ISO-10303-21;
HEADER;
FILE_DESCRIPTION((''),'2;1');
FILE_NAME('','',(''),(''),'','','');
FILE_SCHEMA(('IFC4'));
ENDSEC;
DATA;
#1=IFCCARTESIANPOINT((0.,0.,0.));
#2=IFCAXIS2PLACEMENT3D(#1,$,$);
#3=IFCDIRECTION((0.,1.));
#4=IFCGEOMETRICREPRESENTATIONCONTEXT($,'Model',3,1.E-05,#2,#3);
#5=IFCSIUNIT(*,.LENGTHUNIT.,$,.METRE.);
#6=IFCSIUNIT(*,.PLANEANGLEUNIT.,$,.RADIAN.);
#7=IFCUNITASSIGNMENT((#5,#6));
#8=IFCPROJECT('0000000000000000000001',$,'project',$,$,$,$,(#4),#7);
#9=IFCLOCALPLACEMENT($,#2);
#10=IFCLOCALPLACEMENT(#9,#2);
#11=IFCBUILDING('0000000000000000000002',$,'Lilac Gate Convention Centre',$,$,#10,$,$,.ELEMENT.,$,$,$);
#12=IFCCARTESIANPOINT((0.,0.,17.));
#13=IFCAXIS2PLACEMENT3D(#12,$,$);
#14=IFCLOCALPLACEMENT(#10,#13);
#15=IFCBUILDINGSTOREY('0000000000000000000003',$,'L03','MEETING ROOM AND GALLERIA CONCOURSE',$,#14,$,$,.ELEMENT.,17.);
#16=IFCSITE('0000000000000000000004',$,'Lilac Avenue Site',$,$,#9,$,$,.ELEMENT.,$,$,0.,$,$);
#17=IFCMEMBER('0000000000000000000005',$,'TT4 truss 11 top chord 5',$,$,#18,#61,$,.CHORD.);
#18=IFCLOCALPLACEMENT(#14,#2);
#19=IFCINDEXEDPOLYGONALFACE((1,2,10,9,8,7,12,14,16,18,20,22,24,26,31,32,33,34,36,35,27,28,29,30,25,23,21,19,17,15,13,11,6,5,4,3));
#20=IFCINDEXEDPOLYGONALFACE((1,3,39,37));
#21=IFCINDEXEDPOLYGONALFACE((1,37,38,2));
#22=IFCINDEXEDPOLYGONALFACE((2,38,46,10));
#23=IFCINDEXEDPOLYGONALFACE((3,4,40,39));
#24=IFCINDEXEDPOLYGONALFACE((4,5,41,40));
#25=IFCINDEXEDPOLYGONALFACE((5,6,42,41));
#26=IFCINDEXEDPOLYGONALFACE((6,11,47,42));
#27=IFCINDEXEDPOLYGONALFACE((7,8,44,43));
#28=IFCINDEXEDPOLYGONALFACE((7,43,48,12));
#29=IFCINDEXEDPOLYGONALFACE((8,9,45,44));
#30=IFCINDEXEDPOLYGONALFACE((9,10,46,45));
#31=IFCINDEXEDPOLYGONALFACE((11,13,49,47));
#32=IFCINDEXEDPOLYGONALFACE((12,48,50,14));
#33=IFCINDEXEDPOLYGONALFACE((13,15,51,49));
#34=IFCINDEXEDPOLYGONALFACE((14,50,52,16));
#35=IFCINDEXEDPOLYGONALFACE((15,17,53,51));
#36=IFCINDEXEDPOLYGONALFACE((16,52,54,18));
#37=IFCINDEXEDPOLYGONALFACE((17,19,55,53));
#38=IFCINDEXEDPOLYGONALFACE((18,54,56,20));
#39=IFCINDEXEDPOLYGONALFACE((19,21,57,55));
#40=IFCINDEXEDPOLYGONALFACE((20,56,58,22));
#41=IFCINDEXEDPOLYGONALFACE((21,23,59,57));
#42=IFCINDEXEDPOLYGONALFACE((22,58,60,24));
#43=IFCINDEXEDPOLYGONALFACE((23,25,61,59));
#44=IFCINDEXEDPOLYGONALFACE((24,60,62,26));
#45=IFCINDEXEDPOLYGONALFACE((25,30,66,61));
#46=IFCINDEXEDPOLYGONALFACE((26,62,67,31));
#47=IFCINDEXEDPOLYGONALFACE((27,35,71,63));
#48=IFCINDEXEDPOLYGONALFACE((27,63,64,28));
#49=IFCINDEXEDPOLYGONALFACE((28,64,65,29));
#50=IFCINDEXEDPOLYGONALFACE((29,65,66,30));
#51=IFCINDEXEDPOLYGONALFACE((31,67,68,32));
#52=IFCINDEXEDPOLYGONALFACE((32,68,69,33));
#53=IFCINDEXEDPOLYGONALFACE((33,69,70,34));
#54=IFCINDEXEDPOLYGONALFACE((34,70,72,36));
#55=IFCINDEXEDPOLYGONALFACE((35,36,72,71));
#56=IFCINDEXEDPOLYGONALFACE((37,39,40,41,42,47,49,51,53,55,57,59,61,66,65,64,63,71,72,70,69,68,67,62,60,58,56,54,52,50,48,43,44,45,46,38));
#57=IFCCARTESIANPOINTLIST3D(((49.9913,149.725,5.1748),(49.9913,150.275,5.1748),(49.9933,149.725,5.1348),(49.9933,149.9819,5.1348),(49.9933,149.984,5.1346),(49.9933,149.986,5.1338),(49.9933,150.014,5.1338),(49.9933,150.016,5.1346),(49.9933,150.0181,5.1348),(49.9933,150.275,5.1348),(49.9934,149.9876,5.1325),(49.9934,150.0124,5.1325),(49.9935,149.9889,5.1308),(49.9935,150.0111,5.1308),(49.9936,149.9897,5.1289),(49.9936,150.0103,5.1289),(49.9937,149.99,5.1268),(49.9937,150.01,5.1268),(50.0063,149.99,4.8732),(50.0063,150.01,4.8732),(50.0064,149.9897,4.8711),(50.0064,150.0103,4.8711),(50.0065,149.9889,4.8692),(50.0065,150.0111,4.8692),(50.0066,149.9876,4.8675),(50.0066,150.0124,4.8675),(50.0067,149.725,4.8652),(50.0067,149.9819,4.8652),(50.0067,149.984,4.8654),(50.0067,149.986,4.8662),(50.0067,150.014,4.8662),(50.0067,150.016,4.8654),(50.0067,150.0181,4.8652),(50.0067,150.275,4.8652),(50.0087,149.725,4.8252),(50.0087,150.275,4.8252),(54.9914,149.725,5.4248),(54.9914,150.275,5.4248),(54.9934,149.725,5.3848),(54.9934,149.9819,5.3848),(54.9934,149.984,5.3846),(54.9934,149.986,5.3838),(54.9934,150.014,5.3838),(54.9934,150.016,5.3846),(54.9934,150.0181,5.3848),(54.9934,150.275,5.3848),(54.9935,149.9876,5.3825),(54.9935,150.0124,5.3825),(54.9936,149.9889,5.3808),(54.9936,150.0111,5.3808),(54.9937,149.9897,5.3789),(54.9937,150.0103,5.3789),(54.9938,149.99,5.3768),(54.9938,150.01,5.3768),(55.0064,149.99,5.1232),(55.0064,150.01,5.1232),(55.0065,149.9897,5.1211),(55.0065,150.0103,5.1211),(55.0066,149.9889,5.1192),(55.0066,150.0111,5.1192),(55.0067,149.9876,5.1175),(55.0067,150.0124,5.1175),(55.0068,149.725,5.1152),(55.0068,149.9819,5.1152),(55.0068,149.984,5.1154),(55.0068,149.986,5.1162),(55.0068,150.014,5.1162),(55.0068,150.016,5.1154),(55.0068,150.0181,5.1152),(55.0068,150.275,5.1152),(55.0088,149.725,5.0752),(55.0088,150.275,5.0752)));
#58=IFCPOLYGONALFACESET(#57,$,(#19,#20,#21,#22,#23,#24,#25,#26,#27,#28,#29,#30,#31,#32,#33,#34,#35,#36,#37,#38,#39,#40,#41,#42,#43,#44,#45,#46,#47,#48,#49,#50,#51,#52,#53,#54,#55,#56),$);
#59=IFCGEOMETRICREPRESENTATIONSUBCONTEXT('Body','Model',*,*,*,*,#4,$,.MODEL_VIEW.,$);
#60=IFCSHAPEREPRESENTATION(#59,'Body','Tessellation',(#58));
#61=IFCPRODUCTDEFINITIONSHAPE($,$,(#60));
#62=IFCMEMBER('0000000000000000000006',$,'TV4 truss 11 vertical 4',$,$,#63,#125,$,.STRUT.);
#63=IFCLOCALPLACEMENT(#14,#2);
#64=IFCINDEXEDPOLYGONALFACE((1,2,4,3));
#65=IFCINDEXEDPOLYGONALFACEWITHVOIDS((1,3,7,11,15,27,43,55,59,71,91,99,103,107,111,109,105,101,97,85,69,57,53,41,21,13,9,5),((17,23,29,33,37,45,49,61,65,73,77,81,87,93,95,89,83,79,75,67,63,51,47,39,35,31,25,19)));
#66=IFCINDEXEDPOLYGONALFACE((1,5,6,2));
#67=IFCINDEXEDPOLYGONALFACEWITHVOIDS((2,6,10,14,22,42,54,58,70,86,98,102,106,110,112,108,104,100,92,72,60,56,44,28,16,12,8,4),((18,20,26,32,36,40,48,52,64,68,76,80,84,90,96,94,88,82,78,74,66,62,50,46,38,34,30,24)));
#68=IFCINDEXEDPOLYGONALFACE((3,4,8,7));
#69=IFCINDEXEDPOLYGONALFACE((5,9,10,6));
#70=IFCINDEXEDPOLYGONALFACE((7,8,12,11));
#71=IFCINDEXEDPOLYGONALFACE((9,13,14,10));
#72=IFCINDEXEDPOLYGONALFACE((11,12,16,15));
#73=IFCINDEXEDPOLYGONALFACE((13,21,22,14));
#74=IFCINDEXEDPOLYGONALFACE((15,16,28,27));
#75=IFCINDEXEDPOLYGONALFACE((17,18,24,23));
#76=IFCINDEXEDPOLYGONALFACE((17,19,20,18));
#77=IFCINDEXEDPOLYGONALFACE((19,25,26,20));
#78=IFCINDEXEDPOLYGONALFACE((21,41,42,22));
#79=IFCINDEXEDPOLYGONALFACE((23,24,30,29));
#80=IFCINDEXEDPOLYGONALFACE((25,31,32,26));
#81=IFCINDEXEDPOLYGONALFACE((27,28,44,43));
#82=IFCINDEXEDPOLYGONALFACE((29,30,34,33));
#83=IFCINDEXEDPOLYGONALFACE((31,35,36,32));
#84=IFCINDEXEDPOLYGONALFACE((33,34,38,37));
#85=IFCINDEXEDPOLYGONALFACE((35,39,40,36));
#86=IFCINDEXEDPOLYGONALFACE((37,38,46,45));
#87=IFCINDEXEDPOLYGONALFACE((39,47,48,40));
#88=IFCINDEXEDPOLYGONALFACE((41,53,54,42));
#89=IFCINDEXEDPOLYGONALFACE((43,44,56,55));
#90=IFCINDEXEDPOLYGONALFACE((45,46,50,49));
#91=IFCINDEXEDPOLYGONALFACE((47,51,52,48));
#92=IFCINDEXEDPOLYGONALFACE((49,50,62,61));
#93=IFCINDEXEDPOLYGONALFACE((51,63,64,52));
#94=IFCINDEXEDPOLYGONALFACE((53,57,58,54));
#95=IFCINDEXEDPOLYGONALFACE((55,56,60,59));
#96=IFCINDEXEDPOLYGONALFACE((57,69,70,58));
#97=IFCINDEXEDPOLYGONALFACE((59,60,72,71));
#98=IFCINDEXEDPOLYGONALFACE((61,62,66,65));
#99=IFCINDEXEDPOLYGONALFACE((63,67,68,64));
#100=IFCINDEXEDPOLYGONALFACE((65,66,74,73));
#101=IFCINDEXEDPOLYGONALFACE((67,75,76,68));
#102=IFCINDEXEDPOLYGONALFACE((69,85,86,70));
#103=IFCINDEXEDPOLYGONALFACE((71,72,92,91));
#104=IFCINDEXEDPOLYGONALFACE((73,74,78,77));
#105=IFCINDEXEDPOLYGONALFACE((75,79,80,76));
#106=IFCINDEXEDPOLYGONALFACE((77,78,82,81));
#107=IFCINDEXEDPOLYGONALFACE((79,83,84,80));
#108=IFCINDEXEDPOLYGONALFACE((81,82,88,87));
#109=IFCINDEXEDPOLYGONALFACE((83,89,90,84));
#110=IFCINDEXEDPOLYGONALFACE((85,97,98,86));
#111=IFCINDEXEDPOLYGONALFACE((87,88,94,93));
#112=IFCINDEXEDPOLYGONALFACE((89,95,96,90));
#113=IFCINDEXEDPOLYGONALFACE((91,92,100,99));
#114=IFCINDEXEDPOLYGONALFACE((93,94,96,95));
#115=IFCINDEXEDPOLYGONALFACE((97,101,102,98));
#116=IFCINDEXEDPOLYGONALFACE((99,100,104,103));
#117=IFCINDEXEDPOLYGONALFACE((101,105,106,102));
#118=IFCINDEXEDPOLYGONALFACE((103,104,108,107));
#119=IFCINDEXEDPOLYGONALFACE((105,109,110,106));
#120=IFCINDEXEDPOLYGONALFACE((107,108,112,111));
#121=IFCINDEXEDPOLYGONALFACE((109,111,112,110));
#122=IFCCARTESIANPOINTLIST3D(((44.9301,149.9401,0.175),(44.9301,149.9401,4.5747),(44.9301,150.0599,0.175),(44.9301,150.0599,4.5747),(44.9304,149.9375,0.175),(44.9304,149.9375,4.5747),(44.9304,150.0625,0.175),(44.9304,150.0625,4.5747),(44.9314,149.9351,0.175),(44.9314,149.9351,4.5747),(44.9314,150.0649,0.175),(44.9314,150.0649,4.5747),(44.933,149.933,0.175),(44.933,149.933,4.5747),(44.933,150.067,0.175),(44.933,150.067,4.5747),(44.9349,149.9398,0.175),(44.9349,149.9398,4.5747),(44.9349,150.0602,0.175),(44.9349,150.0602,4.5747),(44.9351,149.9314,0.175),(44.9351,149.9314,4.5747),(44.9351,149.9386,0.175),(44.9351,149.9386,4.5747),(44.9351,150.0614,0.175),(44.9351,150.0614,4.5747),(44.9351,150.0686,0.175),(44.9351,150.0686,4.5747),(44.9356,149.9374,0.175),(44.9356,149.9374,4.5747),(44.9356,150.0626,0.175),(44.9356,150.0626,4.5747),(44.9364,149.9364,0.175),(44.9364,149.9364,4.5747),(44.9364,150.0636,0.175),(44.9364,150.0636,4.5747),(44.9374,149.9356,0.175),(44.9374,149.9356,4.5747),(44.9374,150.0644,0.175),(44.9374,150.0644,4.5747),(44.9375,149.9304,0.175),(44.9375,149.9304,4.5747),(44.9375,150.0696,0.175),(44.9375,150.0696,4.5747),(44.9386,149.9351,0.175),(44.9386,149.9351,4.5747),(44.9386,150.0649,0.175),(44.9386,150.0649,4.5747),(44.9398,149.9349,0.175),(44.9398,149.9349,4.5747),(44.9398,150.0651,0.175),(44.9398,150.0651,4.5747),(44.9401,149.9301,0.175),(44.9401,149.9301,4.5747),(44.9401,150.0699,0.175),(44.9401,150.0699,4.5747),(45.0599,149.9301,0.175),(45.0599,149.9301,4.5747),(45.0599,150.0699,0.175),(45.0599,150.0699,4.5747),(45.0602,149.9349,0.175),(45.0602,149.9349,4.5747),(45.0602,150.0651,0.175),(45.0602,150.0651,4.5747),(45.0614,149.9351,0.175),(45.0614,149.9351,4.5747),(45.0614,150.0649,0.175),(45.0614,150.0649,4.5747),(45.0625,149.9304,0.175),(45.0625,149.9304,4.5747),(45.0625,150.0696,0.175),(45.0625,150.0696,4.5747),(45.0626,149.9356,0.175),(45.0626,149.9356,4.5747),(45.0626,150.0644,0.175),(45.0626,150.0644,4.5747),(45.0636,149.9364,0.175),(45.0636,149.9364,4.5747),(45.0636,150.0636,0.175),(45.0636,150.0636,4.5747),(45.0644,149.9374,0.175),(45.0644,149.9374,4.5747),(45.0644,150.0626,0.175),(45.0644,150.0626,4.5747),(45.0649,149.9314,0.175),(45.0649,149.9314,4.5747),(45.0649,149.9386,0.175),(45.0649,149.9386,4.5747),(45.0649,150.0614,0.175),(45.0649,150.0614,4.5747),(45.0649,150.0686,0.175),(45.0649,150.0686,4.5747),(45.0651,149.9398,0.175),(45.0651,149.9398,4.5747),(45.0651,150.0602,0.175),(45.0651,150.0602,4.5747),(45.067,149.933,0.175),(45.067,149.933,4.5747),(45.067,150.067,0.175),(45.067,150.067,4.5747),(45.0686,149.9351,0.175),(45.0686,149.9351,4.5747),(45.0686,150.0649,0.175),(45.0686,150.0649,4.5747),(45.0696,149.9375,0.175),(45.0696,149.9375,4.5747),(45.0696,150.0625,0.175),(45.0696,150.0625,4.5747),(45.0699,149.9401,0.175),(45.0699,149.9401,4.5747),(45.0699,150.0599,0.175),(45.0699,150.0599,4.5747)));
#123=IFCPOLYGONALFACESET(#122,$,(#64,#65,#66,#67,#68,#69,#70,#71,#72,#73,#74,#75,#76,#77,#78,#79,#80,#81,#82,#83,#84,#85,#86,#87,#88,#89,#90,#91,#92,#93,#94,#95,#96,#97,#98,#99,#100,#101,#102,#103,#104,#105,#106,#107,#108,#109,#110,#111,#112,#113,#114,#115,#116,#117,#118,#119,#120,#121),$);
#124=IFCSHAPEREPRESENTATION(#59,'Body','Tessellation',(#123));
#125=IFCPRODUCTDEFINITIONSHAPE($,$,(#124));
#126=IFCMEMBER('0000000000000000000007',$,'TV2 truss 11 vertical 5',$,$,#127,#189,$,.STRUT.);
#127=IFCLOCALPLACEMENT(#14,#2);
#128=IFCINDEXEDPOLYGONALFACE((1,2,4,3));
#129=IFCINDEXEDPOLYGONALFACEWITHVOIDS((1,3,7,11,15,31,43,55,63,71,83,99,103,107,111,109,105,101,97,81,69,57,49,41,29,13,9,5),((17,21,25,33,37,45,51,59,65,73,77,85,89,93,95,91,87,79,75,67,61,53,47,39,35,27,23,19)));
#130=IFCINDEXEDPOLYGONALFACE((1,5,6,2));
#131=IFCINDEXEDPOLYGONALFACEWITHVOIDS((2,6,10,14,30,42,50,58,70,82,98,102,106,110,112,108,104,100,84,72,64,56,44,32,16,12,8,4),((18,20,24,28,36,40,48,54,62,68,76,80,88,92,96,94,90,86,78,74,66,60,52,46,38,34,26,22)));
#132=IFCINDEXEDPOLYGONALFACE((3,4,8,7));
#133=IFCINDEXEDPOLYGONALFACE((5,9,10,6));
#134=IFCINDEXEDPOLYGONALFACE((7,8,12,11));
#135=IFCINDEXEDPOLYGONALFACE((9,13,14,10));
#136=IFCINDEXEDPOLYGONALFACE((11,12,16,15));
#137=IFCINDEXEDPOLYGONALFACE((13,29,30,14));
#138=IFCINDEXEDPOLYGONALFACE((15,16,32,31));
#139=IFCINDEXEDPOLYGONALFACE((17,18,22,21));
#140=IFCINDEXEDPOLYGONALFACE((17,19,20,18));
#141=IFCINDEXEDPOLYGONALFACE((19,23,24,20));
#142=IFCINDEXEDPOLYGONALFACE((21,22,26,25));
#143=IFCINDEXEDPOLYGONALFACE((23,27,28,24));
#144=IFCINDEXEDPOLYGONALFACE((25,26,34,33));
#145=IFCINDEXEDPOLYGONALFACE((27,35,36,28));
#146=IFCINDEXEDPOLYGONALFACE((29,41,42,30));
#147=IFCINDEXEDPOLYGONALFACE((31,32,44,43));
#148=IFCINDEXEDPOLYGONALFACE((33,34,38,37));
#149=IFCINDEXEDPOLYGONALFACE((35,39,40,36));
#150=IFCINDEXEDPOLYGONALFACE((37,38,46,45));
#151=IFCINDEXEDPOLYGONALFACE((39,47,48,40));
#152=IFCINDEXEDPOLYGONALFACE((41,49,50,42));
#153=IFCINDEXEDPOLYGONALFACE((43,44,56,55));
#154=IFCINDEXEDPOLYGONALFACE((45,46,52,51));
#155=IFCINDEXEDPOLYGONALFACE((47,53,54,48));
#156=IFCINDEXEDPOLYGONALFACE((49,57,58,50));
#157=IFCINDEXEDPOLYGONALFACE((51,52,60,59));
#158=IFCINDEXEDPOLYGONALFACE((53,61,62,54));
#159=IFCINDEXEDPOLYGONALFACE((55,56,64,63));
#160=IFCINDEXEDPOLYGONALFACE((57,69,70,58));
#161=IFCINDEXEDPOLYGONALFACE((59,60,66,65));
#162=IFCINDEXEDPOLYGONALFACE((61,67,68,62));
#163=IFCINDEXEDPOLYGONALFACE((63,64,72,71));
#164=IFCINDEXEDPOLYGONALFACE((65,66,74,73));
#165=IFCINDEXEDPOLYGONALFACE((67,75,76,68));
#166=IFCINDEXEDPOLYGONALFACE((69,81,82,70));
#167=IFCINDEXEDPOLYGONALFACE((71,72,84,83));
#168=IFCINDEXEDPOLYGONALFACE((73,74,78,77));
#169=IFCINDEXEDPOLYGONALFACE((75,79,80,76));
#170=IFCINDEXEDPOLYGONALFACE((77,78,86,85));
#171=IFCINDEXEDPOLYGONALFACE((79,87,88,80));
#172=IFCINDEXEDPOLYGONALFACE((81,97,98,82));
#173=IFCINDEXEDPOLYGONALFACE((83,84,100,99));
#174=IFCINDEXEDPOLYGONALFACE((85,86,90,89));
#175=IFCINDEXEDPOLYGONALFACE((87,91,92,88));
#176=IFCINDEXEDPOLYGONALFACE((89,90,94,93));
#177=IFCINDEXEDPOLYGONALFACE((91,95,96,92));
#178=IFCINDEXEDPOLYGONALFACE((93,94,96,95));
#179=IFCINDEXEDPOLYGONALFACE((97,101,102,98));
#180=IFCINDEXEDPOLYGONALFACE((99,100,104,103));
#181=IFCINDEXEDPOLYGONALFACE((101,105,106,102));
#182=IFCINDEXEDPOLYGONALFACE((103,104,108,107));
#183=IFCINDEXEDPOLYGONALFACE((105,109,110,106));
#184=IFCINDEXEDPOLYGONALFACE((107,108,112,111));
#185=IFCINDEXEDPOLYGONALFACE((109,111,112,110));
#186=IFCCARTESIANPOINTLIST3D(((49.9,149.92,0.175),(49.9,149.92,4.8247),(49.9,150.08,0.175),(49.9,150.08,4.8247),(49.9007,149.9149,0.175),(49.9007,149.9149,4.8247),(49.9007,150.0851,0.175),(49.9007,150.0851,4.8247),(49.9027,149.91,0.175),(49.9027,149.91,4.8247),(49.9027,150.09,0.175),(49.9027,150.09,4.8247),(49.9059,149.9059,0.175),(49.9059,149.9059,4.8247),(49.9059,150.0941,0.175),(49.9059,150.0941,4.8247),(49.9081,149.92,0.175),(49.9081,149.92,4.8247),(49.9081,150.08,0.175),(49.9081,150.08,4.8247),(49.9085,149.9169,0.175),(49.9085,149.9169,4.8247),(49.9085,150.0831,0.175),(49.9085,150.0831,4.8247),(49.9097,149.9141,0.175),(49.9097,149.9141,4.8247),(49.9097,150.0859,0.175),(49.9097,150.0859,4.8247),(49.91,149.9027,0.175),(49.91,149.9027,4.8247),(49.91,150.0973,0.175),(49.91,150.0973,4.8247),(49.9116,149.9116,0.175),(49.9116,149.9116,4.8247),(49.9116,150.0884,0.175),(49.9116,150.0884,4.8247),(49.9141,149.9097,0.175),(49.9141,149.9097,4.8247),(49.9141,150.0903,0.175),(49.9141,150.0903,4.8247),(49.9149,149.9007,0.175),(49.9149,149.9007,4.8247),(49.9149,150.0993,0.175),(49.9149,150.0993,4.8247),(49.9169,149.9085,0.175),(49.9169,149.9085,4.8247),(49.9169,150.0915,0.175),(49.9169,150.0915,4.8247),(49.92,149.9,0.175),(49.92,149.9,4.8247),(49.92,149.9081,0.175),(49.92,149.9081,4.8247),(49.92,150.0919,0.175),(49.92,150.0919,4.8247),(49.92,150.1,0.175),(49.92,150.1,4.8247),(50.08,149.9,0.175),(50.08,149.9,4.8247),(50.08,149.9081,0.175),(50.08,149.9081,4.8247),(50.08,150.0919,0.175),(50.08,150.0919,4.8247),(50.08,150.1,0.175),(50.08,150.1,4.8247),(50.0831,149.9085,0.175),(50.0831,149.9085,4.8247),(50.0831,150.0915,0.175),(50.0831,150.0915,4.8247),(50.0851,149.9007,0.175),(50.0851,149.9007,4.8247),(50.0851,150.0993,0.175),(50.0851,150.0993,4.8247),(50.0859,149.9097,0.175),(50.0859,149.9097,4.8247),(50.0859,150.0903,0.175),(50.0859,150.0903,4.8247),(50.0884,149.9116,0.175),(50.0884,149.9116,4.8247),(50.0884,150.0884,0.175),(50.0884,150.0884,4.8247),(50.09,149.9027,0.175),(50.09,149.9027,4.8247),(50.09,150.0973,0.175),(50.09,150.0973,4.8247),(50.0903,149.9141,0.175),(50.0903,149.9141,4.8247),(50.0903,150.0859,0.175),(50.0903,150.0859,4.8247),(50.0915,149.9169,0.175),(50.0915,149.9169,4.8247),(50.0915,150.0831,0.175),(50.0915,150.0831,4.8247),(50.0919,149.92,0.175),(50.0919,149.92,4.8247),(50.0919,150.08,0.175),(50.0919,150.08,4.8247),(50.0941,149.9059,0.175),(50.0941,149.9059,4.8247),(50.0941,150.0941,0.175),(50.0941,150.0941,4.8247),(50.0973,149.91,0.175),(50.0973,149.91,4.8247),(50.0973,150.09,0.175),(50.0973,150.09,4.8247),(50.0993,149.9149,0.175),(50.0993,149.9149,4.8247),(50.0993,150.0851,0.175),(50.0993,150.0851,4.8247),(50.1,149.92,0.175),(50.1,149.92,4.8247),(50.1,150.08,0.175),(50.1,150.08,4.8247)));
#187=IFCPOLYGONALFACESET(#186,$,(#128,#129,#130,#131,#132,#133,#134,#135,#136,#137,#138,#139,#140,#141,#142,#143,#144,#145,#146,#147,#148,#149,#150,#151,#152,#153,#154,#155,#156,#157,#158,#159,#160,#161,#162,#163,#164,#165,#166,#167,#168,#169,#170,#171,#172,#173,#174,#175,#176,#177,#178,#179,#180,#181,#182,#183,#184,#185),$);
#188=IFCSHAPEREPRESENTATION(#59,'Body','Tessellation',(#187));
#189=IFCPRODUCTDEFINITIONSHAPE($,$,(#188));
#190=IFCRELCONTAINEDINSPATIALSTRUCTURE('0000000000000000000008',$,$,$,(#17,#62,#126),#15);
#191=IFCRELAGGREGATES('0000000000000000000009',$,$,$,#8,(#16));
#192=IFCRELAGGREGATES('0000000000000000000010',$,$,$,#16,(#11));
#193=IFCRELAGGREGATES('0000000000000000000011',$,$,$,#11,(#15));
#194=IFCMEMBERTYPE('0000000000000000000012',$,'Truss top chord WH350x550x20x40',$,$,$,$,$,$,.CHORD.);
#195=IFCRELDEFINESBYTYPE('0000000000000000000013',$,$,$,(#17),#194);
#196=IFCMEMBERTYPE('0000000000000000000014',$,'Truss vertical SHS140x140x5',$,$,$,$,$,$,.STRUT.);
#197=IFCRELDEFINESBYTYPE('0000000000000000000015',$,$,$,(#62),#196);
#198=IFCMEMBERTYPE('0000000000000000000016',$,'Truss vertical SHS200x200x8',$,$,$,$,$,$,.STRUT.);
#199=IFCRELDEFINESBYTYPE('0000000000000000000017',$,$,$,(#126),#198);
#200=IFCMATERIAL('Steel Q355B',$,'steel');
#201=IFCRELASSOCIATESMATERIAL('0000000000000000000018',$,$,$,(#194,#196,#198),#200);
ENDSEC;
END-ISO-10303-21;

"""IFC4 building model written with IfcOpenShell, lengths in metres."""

from ifc_helpers import new_model, si_unit, direction, frame, origin, origin_2d, place, context, subcontext, project, spatial, hollow_rectangle, i_section, extrude, material, material_profile, profile_set, type_object, element, save


model = new_model("IFC4")

# Units and contexts
model_context = context("Model", 3, precision=1e-05, world=origin(), true_north=direction((0.0, 1.0)))
body_context = subcontext(model_context, "Body", "Model", "MODEL_VIEW")
ifc_project = project(units=[si_unit("LENGTHUNIT", "METRE"), si_unit("PLANEANGLEUNIT", "RADIAN")], contexts=[model_context])

# Site, building, storey
site_placement = place(None, origin())
site = spatial("IfcSite", under=ifc_project, at=site_placement, Name="Lilac Avenue Site", CompositionType="ELEMENT", RefElevation=0.0)
building_placement = place(site_placement, origin())
building = spatial("IfcBuilding", under=site, at=building_placement, Name="Lilac Gate Convention Centre", CompositionType="ELEMENT")
storey_placement = place(building_placement, frame((0.0, 0.0, 17.0)))
storey = spatial("IfcBuildingStorey", under=building, at=storey_placement, Name="L03", Description="MEETING ROOM AND GALLERIA CONCOURSE", CompositionType="ELEMENT", Elevation=17.0)

# Members
ifc_material = material(Name="Steel Q355B", Category="steel")
ifc_material_profile_1 = material_profile(ifc_material, i_section(OverallWidth=0.55, OverallDepth=0.3501, WebThickness=0.02, FlangeThickness=0.04, FilletRadius=0.0081, at=origin_2d()), Name="WH350x550x20x40")
ifc_profile_set_1 = profile_set([ifc_material_profile_1], Name="Steel Q355B")
member_type_1 = type_object("IfcMemberType", Name="Truss top chord WH350x550x20x40", PredefinedType="CHORD", material=ifc_profile_set_1)
for number, where, z_axis, x_axis, name in (
    (1, (50.0, 150.0, 5.0), (0.998752, 0.0, 0.049938), (0.0, 1.0, 0.0), "TT4 truss 11 top chord 5"),
):
    element("IfcMember", number, at=place(storey_placement, frame(where, z_axis=z_axis, x_axis=x_axis)), inside=storey, type_object=member_type_1, Name=name, PredefinedType="CHORD", context=body_context, shape_type="SweptSolid", body=[
        extrude(i_section(OverallWidth=0.55, OverallDepth=0.3501, WebThickness=0.02, FlangeThickness=0.04, FilletRadius=0.0081, at=origin_2d()), origin(), (0.0, 0.0, 1.0), 5.0063),
    ])
ifc_material_profile_2 = material_profile(ifc_material, hollow_rectangle(XDim=0.1399, YDim=0.1399, WallThickness=0.0049, InnerFilletRadius=0.0049, OuterFilletRadius=0.01, at=origin_2d()), Name="SHS140x140x5")
ifc_profile_set_2 = profile_set([ifc_material_profile_2], Name="Steel Q355B")
member_type_2 = type_object("IfcMemberType", Name="Truss vertical SHS140x140x5", PredefinedType="STRUT", material=ifc_profile_set_2)
member_1_placement = place(storey_placement, frame((45.0, 150.0, 0.175), z_axis=(0.0, 0.0, 1.0), x_axis=(1.0, 0.0, 0.0)))
element("IfcMember", 2, at=member_1_placement, inside=storey, type_object=member_type_2, Name="TV4 truss 11 vertical 4", PredefinedType="STRUT", context=body_context, shape_type="SweptSolid", body=[
    extrude(hollow_rectangle(XDim=0.1399, YDim=0.1399, WallThickness=0.0049, InnerFilletRadius=0.0049, OuterFilletRadius=0.01, at=origin_2d()), origin(), (0.0, 0.0, 1.0), 4.3997),
])
ifc_material_profile_3 = material_profile(ifc_material, hollow_rectangle(XDim=0.2, YDim=0.2, WallThickness=0.0081, InnerFilletRadius=0.012, OuterFilletRadius=0.02, at=origin_2d()), Name="SHS200x200x8")
ifc_profile_set_3 = profile_set([ifc_material_profile_3], Name="Steel Q355B")
member_type_3 = type_object("IfcMemberType", Name="Truss vertical SHS200x200x8", PredefinedType="STRUT", material=ifc_profile_set_3)
member_2_placement = place(storey_placement, frame((50.0, 150.0, 0.175), z_axis=(0.0, 0.0, 1.0), x_axis=(1.0, 0.0, 0.0)))
element("IfcMember", 3, at=member_2_placement, inside=storey, type_object=member_type_3, Name="TV2 truss 11 vertical 5", PredefinedType="STRUT", context=body_context, shape_type="SweptSolid", body=[
    extrude(hollow_rectangle(XDim=0.2, YDim=0.2, WallThickness=0.0081, InnerFilletRadius=0.012, OuterFilletRadius=0.02, at=origin_2d()), origin(), (0.0, 0.0, 1.0), 4.6497),
])

save(model, "model.ifc")
